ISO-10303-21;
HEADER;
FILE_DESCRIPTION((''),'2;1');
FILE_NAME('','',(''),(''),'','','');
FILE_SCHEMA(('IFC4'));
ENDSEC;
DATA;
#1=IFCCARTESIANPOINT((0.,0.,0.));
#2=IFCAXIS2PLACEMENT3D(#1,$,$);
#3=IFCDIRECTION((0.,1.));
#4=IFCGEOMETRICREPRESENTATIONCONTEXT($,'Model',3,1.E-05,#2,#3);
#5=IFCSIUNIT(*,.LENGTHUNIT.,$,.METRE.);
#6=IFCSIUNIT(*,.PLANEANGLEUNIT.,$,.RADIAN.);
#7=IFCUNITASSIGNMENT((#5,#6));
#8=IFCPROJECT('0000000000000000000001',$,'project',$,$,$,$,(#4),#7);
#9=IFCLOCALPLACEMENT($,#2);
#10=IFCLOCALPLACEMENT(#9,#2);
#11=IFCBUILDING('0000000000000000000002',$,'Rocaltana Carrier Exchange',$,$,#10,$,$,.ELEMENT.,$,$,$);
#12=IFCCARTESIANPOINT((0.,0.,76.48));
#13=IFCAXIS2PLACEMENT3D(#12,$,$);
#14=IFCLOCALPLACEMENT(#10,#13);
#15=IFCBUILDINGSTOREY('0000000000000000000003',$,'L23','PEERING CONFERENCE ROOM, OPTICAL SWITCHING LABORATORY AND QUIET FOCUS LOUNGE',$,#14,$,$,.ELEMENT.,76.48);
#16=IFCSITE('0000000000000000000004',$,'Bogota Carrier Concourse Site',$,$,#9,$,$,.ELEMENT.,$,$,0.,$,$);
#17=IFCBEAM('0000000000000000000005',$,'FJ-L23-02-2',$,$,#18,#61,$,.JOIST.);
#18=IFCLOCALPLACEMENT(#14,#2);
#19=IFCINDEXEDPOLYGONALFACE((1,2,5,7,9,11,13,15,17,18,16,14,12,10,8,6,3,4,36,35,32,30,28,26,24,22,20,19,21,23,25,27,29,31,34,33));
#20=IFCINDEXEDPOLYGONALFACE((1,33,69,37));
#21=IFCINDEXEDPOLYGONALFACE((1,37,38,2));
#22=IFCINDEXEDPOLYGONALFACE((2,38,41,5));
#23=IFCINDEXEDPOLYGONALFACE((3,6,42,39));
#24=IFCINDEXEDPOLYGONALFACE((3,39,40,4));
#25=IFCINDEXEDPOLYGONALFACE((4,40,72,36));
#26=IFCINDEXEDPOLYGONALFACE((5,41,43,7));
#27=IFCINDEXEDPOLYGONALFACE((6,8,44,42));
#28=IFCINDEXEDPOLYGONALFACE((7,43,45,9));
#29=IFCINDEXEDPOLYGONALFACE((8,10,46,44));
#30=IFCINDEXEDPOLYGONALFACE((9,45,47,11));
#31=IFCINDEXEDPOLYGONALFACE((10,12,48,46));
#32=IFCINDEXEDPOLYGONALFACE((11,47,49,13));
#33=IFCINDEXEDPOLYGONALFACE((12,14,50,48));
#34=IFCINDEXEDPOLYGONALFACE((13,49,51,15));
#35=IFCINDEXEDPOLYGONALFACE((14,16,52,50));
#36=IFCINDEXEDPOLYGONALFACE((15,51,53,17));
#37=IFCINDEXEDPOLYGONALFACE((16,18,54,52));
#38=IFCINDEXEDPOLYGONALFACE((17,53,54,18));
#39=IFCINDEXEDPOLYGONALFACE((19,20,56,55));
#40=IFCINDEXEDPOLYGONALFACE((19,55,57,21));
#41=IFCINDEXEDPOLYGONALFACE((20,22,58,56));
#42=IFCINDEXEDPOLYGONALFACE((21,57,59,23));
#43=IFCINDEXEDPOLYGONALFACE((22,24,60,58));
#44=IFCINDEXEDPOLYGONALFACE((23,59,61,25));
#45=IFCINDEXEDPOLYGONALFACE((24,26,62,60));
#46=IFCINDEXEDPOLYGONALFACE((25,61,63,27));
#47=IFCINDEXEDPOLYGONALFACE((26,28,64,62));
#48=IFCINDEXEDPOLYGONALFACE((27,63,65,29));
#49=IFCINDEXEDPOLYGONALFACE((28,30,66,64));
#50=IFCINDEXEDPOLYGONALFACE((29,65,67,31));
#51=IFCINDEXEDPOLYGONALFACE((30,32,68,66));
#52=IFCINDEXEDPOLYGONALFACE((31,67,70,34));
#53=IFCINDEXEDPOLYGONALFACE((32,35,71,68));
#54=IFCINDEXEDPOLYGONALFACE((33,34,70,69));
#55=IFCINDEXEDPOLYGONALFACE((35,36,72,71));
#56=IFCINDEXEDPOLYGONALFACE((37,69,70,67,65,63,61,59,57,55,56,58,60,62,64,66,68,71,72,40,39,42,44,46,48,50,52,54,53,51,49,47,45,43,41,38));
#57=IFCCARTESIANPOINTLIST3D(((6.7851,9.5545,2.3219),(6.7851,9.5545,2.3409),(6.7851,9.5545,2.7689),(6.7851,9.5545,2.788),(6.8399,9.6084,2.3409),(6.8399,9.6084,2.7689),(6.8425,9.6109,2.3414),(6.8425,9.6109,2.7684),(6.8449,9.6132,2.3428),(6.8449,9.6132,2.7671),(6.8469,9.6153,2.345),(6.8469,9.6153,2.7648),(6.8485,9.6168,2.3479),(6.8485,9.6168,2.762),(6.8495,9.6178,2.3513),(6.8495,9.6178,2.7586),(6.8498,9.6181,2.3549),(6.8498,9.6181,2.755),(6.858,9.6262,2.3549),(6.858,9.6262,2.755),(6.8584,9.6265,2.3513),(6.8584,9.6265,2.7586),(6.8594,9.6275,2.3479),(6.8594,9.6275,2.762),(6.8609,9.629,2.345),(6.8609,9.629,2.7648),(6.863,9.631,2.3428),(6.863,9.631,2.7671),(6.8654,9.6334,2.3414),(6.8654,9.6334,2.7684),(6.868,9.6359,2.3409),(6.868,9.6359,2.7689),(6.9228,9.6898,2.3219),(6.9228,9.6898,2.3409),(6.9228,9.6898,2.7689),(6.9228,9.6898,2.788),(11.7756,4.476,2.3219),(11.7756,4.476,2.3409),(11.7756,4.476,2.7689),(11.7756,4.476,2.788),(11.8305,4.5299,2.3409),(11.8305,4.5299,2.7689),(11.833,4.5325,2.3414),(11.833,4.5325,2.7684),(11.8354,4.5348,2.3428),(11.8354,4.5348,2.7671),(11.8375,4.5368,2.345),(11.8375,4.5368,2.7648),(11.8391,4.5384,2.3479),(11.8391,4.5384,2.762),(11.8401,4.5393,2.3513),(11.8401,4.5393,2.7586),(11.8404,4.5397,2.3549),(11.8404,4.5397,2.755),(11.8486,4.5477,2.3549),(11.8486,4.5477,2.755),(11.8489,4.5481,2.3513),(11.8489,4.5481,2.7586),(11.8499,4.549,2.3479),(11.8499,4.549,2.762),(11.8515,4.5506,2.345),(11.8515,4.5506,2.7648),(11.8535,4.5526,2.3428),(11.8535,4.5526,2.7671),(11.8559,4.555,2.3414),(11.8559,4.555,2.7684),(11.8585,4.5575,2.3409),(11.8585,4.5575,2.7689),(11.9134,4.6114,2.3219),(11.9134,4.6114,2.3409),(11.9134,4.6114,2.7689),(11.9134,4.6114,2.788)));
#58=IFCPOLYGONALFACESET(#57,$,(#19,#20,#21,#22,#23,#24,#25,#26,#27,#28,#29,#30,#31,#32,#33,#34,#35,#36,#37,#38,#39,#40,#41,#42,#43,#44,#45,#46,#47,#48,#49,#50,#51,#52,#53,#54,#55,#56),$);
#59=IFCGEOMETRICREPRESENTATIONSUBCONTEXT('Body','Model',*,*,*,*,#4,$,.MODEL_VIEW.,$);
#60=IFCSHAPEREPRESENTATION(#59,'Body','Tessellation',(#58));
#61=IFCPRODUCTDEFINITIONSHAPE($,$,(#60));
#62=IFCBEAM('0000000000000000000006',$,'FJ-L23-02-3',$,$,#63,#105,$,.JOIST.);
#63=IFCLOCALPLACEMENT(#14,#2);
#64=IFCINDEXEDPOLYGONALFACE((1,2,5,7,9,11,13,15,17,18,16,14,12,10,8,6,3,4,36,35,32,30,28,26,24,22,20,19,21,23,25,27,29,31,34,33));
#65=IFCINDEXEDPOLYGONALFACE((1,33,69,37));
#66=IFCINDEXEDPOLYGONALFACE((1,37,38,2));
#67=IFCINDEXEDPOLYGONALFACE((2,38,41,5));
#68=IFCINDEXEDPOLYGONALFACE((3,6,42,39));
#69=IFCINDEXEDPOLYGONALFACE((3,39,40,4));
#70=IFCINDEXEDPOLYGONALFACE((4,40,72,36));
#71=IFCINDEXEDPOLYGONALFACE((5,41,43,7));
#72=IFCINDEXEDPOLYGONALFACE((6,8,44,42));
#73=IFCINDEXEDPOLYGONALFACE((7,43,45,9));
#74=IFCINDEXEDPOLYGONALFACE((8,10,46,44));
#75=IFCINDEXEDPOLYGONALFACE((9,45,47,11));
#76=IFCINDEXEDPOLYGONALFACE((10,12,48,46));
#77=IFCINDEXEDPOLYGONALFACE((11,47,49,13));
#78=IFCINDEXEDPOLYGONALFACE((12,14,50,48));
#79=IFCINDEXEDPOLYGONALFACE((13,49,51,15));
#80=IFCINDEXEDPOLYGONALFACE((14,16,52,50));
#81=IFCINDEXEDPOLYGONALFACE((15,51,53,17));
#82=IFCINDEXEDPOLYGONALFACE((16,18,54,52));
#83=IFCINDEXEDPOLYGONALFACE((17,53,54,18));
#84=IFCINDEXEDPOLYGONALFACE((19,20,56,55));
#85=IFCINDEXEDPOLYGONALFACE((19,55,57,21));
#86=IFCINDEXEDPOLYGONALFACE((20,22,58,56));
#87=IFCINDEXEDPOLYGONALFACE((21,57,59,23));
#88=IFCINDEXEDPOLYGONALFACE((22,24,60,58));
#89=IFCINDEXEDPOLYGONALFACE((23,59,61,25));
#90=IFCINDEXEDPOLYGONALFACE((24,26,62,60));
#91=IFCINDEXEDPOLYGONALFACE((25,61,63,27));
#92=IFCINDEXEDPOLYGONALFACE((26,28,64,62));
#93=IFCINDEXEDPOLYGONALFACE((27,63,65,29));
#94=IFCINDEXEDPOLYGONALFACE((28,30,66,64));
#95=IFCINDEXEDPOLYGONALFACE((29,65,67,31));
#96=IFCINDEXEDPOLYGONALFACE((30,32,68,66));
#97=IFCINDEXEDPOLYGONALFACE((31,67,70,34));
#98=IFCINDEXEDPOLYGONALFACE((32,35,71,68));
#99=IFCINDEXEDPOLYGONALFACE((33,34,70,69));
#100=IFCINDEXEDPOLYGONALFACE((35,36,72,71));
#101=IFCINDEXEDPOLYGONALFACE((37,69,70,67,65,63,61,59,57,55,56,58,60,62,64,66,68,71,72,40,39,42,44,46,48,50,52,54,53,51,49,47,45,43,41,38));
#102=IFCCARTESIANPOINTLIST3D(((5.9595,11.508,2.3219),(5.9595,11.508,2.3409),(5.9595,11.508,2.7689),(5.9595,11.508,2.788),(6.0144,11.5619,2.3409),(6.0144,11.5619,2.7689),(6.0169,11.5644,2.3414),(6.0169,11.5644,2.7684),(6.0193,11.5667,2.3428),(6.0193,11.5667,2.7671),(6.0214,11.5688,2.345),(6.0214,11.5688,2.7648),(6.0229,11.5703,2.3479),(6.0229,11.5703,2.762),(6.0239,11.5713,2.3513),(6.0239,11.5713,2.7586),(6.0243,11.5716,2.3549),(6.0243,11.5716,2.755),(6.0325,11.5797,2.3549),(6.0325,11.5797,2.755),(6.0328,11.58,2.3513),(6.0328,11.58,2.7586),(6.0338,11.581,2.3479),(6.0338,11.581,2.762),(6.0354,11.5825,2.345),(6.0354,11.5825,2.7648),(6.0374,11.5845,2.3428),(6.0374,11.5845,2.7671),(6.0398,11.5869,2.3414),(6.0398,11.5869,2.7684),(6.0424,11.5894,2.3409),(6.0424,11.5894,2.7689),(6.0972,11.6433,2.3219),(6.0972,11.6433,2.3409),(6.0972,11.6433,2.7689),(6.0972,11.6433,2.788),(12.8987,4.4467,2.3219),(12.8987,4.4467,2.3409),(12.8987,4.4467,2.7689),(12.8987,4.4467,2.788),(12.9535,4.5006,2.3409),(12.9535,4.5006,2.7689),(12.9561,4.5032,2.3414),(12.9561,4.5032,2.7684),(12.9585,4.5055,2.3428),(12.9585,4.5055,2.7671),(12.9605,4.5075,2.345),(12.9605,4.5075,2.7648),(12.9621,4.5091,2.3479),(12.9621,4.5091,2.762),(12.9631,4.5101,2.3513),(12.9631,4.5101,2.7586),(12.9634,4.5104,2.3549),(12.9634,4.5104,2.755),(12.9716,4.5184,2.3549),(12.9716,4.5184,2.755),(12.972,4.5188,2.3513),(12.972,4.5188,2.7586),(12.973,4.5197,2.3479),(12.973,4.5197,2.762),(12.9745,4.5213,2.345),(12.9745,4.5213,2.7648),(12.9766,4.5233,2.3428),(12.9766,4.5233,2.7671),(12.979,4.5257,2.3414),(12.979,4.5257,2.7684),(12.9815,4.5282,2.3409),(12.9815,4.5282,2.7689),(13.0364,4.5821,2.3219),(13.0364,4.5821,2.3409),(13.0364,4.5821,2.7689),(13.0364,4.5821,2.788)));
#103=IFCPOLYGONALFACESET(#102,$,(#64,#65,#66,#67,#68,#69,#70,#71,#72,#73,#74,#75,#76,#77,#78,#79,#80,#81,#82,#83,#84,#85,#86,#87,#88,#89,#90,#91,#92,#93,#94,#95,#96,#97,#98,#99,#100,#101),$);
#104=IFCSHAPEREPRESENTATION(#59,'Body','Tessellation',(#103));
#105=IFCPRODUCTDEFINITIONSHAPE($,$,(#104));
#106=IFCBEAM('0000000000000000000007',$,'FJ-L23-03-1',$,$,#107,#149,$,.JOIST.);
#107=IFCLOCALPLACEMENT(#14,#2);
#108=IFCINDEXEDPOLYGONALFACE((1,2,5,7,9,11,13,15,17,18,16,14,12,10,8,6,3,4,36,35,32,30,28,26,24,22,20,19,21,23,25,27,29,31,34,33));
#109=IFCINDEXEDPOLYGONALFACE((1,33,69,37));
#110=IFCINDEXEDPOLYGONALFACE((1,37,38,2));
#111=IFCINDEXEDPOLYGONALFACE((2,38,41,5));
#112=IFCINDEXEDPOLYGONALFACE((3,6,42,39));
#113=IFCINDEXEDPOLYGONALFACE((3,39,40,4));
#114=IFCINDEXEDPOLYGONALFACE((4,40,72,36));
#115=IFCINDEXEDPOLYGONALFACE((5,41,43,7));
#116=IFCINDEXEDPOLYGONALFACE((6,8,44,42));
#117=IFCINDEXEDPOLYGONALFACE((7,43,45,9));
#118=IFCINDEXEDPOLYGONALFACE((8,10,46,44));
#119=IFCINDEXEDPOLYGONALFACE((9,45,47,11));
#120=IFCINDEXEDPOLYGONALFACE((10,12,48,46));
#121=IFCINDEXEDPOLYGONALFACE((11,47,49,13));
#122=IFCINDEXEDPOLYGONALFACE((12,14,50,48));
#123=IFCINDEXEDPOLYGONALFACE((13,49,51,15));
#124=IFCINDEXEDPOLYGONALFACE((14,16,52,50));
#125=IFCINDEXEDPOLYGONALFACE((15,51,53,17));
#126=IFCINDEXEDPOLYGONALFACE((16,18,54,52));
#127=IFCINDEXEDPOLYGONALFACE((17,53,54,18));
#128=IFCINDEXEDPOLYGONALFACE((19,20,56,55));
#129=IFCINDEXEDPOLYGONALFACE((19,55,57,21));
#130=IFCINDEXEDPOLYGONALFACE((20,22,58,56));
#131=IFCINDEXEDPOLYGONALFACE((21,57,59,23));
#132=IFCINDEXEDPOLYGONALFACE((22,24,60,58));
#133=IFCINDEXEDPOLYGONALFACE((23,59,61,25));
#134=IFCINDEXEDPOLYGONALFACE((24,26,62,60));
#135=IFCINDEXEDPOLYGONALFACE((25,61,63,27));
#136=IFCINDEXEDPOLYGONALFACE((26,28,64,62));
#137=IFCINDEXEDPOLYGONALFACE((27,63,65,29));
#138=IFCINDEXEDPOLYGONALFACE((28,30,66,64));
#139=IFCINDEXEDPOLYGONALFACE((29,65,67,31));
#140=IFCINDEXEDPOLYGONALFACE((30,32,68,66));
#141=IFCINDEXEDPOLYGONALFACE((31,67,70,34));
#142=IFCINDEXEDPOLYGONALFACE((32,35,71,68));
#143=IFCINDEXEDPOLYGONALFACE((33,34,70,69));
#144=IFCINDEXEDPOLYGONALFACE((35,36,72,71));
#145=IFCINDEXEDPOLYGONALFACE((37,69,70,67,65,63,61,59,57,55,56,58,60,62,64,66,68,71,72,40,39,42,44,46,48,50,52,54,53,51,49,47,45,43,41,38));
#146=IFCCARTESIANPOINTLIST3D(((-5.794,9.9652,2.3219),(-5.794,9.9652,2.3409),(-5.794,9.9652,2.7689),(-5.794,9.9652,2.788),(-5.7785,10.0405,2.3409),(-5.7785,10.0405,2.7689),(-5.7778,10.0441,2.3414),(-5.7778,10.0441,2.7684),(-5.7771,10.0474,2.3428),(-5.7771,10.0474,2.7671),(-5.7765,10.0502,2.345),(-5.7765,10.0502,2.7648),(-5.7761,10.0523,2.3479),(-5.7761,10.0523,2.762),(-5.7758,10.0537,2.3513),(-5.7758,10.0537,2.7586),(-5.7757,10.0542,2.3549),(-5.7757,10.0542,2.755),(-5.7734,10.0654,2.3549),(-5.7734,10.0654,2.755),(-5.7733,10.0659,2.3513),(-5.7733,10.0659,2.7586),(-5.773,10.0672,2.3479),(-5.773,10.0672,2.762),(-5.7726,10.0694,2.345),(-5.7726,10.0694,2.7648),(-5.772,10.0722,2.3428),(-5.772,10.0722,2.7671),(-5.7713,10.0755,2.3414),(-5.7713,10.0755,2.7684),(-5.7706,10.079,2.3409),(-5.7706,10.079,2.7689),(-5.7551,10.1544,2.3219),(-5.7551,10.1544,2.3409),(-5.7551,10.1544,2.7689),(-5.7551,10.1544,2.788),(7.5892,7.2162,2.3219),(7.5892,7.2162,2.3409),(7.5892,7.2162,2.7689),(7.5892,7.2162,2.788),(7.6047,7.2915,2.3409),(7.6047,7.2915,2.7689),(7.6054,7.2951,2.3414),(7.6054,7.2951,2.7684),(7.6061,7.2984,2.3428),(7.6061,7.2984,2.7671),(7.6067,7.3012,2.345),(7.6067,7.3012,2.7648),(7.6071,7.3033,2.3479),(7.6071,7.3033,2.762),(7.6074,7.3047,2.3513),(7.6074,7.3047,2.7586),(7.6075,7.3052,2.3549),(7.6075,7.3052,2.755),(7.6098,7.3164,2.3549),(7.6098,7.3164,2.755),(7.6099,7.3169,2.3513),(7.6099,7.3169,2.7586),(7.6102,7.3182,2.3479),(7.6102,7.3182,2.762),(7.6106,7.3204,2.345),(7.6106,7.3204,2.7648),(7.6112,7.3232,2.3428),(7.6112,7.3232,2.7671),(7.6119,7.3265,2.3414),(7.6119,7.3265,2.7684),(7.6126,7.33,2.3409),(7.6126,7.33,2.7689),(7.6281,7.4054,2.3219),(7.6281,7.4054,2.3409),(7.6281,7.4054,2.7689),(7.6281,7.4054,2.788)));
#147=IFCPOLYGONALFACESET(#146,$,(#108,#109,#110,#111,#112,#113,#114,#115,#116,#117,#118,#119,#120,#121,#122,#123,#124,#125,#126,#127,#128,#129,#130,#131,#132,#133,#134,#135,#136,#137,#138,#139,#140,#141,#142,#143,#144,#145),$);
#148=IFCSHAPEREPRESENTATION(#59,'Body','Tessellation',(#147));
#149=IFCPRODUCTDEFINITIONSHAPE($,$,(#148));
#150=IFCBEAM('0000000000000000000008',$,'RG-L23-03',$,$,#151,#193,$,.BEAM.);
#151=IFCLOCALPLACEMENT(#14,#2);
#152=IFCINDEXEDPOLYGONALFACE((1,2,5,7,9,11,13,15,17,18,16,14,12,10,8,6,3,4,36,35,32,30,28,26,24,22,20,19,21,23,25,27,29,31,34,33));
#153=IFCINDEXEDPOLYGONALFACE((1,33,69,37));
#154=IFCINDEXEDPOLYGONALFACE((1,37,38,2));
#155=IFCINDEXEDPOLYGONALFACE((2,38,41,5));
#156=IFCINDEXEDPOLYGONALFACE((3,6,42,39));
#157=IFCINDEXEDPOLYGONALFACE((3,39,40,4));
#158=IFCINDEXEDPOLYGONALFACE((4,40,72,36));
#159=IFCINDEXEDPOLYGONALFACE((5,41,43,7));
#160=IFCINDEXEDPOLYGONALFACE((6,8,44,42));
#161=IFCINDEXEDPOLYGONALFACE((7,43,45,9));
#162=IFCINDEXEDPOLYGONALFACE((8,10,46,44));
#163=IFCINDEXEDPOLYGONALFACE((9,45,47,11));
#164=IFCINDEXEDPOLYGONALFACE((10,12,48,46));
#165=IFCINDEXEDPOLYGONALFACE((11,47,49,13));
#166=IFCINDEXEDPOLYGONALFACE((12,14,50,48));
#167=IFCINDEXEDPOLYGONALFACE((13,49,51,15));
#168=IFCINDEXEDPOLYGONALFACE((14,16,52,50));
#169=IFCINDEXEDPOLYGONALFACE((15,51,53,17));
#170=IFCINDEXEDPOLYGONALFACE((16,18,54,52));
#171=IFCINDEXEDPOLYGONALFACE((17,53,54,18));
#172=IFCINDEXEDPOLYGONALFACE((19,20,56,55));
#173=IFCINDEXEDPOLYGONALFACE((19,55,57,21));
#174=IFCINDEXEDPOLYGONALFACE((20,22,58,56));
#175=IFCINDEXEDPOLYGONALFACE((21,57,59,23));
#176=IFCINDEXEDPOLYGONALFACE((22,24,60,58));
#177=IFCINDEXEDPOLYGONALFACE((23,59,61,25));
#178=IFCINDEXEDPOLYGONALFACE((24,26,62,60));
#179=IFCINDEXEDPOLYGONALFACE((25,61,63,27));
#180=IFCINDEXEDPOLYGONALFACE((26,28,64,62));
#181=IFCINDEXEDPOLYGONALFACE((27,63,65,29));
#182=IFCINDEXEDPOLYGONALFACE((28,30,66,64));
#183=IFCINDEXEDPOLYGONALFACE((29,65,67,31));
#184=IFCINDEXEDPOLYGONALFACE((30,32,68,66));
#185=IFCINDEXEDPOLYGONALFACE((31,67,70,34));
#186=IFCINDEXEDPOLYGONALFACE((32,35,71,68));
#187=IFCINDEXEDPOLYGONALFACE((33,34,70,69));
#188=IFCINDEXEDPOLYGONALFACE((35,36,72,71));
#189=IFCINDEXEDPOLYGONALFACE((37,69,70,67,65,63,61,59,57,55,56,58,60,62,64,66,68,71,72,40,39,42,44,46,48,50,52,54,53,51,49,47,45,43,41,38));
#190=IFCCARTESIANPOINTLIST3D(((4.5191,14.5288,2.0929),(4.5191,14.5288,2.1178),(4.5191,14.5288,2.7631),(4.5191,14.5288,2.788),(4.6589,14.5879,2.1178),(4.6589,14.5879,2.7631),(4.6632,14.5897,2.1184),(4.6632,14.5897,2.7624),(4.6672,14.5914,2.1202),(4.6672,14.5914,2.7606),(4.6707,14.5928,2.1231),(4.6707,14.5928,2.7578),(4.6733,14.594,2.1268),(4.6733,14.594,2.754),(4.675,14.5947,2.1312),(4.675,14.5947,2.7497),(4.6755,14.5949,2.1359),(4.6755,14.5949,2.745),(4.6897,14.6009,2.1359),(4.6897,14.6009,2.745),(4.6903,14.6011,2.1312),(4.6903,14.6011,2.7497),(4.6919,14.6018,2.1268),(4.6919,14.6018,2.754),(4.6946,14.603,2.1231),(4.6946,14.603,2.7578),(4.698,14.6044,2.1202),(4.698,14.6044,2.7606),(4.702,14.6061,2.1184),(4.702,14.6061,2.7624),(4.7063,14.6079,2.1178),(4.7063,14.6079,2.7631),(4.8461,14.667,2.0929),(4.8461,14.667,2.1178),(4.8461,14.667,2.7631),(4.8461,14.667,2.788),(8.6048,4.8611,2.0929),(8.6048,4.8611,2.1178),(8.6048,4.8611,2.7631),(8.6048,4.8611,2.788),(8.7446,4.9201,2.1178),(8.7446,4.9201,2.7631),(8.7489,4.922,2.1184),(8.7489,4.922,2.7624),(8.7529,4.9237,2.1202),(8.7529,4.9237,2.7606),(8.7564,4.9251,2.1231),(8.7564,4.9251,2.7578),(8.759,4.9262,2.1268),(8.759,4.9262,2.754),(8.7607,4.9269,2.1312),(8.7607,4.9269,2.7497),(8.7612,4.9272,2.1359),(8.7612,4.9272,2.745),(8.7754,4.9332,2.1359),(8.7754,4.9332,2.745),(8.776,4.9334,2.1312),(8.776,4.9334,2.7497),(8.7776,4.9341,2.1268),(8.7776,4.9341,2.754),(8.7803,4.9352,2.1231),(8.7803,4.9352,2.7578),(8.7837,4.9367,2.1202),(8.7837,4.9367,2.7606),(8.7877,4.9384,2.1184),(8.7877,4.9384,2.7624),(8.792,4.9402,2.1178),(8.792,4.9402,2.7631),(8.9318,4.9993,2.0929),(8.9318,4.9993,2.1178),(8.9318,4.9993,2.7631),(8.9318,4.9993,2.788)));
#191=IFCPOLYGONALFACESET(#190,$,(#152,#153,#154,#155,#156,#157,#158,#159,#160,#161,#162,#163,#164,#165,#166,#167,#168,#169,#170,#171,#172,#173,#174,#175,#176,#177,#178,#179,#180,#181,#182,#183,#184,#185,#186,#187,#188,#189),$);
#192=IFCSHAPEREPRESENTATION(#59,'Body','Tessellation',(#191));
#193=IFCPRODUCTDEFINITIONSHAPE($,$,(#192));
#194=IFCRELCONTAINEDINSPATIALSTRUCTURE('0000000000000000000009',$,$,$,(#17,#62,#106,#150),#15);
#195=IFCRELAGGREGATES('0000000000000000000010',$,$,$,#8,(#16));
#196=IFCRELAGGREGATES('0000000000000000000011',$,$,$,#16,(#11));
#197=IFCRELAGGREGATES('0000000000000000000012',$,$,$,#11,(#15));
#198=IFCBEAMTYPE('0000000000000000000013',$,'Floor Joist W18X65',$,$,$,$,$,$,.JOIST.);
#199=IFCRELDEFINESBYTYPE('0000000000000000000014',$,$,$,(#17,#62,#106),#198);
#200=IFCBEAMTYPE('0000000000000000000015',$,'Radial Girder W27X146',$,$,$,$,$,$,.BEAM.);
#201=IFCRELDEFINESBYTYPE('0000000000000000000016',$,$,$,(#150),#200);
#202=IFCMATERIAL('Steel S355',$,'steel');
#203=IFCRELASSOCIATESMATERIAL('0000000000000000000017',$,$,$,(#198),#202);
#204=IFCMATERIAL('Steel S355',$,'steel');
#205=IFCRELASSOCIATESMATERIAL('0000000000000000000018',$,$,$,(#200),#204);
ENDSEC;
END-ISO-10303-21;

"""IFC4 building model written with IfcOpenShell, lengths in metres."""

from ifc_helpers import new_model, si_unit, direction, frame, origin, origin_2d, place, context, subcontext, project, spatial, i_section, extrude, material, material_profile, profile_set, type_object, element, save


model = new_model("IFC4")

# Units and contexts
model_context = context("Model", 3, precision=1e-05, world=origin(), true_north=direction((0.0, 1.0)))
body_context = subcontext(model_context, "Body", "Model", "MODEL_VIEW")
ifc_project = project(units=[si_unit("LENGTHUNIT", "METRE"), si_unit("PLANEANGLEUNIT", "RADIAN")], contexts=[model_context])

# Site, building, storey
site_placement = place(None, origin())
site = spatial("IfcSite", under=ifc_project, at=site_placement, Name="Bogota Carrier Concourse Site", CompositionType="ELEMENT", RefElevation=0.0)
building_placement = place(site_placement, origin())
building = spatial("IfcBuilding", under=site, at=building_placement, Name="Rocaltana Carrier Exchange", CompositionType="ELEMENT")
storey_placement = place(building_placement, frame((0.0, 0.0, 76.48)))
storey = spatial("IfcBuildingStorey", under=building, at=storey_placement, Name="L23", Description="PEERING CONFERENCE ROOM, OPTICAL SWITCHING LABORATORY AND QUIET FOCUS LOUNGE", CompositionType="ELEMENT", Elevation=76.48)

# Beams
ifc_material_1 = material(Name="Steel S355", Category="steel")
ifc_material_profile_1 = material_profile(ifc_material_1, i_section(OverallWidth=0.1931, OverallDepth=0.4661, WebThickness=0.0115, FlangeThickness=0.019, FilletRadius=0.0139, at=origin_2d()), Name="W18X65")
ifc_profile_set_1 = profile_set([ifc_material_profile_1], Name="Steel S355")
beam_type_1 = type_object("IfcBeamType", Name="Floor Joist W18X65", PredefinedType="JOIST", material=ifc_profile_set_1)
beam_1_placement = place(storey_placement, frame((11.8445, 4.5437, 2.5549), z_axis=(-0.700908, 0.713252, 0.0), x_axis=(-0.713252, -0.700908, 0.0)))
element("IfcBeam", 1, at=beam_1_placement, inside=storey, type_object=beam_type_1, Name="FJ-L23-02-2", PredefinedType="JOIST", context=body_context, shape_type="SweptSolid", body=[
    extrude(i_section(OverallWidth=0.1931, OverallDepth=0.4661, WebThickness=0.0115, FlangeThickness=0.019, FilletRadius=0.0139, at=origin_2d()), origin(), (0.0, 0.0, 1.0), 7.1201),
])
beam_2_placement = place(storey_placement, frame((12.9675, 4.5144, 2.5549), z_axis=(-0.700915, 0.713245, 0.0), x_axis=(-0.713245, -0.700915, 0.0)))
element("IfcBeam", 2, at=beam_2_placement, inside=storey, type_object=beam_type_1, Name="FJ-L23-02-3", PredefinedType="JOIST", context=body_context, shape_type="SweptSolid", body=[
    extrude(i_section(OverallWidth=0.1931, OverallDepth=0.4661, WebThickness=0.0115, FlangeThickness=0.019, FilletRadius=0.0139, at=origin_2d()), origin(), (0.0, 0.0, 1.0), 9.9001),
])
beam_3_placement = place(storey_placement, frame((7.6086, 7.3108, 2.5549), z_axis=(-0.979549, 0.201206, 0.0), x_axis=(-0.201206, -0.979549, 0.0)))
element("IfcBeam", 3, at=beam_3_placement, inside=storey, type_object=beam_type_1, Name="FJ-L23-03-1", PredefinedType="JOIST", context=body_context, shape_type="SweptSolid", body=[
    extrude(i_section(OverallWidth=0.1931, OverallDepth=0.4661, WebThickness=0.0115, FlangeThickness=0.019, FilletRadius=0.0139, at=origin_2d()), origin(), (0.0, 0.0, 1.0), 13.6626),
])
ifc_material_2 = material(Name="Steel S355", Category="steel")
ifc_material_profile_2 = material_profile(ifc_material_2, i_section(OverallWidth=0.355, OverallDepth=0.6951, WebThickness=0.0154, FlangeThickness=0.0249, FilletRadius=0.0181, at=origin_2d()), Name="W27X146")
ifc_profile_set_2 = profile_set([ifc_material_profile_2], Name="Steel S355")
beam_type_2 = type_object("IfcBeamType", Name="Radial Girder W27X146", PredefinedType="BEAM", material=ifc_profile_set_2)
beam_4_placement = place(storey_placement, frame((8.7683, 4.9302, 2.4404), z_axis=(-0.389276, 0.921121, 0.0), x_axis=(-0.921121, -0.389276, 0.0)))
element("IfcBeam", 4, at=beam_4_placement, inside=storey, type_object=beam_type_2, Name="RG-L23-03", PredefinedType="BEAM", context=body_context, shape_type="SweptSolid", body=[
    extrude(i_section(OverallWidth=0.355, OverallDepth=0.6951, WebThickness=0.0154, FlangeThickness=0.0249, FilletRadius=0.0181, at=origin_2d()), origin(), (0.0, 0.0, 1.0), 10.4956),
])

save(model, "model.ifc")
